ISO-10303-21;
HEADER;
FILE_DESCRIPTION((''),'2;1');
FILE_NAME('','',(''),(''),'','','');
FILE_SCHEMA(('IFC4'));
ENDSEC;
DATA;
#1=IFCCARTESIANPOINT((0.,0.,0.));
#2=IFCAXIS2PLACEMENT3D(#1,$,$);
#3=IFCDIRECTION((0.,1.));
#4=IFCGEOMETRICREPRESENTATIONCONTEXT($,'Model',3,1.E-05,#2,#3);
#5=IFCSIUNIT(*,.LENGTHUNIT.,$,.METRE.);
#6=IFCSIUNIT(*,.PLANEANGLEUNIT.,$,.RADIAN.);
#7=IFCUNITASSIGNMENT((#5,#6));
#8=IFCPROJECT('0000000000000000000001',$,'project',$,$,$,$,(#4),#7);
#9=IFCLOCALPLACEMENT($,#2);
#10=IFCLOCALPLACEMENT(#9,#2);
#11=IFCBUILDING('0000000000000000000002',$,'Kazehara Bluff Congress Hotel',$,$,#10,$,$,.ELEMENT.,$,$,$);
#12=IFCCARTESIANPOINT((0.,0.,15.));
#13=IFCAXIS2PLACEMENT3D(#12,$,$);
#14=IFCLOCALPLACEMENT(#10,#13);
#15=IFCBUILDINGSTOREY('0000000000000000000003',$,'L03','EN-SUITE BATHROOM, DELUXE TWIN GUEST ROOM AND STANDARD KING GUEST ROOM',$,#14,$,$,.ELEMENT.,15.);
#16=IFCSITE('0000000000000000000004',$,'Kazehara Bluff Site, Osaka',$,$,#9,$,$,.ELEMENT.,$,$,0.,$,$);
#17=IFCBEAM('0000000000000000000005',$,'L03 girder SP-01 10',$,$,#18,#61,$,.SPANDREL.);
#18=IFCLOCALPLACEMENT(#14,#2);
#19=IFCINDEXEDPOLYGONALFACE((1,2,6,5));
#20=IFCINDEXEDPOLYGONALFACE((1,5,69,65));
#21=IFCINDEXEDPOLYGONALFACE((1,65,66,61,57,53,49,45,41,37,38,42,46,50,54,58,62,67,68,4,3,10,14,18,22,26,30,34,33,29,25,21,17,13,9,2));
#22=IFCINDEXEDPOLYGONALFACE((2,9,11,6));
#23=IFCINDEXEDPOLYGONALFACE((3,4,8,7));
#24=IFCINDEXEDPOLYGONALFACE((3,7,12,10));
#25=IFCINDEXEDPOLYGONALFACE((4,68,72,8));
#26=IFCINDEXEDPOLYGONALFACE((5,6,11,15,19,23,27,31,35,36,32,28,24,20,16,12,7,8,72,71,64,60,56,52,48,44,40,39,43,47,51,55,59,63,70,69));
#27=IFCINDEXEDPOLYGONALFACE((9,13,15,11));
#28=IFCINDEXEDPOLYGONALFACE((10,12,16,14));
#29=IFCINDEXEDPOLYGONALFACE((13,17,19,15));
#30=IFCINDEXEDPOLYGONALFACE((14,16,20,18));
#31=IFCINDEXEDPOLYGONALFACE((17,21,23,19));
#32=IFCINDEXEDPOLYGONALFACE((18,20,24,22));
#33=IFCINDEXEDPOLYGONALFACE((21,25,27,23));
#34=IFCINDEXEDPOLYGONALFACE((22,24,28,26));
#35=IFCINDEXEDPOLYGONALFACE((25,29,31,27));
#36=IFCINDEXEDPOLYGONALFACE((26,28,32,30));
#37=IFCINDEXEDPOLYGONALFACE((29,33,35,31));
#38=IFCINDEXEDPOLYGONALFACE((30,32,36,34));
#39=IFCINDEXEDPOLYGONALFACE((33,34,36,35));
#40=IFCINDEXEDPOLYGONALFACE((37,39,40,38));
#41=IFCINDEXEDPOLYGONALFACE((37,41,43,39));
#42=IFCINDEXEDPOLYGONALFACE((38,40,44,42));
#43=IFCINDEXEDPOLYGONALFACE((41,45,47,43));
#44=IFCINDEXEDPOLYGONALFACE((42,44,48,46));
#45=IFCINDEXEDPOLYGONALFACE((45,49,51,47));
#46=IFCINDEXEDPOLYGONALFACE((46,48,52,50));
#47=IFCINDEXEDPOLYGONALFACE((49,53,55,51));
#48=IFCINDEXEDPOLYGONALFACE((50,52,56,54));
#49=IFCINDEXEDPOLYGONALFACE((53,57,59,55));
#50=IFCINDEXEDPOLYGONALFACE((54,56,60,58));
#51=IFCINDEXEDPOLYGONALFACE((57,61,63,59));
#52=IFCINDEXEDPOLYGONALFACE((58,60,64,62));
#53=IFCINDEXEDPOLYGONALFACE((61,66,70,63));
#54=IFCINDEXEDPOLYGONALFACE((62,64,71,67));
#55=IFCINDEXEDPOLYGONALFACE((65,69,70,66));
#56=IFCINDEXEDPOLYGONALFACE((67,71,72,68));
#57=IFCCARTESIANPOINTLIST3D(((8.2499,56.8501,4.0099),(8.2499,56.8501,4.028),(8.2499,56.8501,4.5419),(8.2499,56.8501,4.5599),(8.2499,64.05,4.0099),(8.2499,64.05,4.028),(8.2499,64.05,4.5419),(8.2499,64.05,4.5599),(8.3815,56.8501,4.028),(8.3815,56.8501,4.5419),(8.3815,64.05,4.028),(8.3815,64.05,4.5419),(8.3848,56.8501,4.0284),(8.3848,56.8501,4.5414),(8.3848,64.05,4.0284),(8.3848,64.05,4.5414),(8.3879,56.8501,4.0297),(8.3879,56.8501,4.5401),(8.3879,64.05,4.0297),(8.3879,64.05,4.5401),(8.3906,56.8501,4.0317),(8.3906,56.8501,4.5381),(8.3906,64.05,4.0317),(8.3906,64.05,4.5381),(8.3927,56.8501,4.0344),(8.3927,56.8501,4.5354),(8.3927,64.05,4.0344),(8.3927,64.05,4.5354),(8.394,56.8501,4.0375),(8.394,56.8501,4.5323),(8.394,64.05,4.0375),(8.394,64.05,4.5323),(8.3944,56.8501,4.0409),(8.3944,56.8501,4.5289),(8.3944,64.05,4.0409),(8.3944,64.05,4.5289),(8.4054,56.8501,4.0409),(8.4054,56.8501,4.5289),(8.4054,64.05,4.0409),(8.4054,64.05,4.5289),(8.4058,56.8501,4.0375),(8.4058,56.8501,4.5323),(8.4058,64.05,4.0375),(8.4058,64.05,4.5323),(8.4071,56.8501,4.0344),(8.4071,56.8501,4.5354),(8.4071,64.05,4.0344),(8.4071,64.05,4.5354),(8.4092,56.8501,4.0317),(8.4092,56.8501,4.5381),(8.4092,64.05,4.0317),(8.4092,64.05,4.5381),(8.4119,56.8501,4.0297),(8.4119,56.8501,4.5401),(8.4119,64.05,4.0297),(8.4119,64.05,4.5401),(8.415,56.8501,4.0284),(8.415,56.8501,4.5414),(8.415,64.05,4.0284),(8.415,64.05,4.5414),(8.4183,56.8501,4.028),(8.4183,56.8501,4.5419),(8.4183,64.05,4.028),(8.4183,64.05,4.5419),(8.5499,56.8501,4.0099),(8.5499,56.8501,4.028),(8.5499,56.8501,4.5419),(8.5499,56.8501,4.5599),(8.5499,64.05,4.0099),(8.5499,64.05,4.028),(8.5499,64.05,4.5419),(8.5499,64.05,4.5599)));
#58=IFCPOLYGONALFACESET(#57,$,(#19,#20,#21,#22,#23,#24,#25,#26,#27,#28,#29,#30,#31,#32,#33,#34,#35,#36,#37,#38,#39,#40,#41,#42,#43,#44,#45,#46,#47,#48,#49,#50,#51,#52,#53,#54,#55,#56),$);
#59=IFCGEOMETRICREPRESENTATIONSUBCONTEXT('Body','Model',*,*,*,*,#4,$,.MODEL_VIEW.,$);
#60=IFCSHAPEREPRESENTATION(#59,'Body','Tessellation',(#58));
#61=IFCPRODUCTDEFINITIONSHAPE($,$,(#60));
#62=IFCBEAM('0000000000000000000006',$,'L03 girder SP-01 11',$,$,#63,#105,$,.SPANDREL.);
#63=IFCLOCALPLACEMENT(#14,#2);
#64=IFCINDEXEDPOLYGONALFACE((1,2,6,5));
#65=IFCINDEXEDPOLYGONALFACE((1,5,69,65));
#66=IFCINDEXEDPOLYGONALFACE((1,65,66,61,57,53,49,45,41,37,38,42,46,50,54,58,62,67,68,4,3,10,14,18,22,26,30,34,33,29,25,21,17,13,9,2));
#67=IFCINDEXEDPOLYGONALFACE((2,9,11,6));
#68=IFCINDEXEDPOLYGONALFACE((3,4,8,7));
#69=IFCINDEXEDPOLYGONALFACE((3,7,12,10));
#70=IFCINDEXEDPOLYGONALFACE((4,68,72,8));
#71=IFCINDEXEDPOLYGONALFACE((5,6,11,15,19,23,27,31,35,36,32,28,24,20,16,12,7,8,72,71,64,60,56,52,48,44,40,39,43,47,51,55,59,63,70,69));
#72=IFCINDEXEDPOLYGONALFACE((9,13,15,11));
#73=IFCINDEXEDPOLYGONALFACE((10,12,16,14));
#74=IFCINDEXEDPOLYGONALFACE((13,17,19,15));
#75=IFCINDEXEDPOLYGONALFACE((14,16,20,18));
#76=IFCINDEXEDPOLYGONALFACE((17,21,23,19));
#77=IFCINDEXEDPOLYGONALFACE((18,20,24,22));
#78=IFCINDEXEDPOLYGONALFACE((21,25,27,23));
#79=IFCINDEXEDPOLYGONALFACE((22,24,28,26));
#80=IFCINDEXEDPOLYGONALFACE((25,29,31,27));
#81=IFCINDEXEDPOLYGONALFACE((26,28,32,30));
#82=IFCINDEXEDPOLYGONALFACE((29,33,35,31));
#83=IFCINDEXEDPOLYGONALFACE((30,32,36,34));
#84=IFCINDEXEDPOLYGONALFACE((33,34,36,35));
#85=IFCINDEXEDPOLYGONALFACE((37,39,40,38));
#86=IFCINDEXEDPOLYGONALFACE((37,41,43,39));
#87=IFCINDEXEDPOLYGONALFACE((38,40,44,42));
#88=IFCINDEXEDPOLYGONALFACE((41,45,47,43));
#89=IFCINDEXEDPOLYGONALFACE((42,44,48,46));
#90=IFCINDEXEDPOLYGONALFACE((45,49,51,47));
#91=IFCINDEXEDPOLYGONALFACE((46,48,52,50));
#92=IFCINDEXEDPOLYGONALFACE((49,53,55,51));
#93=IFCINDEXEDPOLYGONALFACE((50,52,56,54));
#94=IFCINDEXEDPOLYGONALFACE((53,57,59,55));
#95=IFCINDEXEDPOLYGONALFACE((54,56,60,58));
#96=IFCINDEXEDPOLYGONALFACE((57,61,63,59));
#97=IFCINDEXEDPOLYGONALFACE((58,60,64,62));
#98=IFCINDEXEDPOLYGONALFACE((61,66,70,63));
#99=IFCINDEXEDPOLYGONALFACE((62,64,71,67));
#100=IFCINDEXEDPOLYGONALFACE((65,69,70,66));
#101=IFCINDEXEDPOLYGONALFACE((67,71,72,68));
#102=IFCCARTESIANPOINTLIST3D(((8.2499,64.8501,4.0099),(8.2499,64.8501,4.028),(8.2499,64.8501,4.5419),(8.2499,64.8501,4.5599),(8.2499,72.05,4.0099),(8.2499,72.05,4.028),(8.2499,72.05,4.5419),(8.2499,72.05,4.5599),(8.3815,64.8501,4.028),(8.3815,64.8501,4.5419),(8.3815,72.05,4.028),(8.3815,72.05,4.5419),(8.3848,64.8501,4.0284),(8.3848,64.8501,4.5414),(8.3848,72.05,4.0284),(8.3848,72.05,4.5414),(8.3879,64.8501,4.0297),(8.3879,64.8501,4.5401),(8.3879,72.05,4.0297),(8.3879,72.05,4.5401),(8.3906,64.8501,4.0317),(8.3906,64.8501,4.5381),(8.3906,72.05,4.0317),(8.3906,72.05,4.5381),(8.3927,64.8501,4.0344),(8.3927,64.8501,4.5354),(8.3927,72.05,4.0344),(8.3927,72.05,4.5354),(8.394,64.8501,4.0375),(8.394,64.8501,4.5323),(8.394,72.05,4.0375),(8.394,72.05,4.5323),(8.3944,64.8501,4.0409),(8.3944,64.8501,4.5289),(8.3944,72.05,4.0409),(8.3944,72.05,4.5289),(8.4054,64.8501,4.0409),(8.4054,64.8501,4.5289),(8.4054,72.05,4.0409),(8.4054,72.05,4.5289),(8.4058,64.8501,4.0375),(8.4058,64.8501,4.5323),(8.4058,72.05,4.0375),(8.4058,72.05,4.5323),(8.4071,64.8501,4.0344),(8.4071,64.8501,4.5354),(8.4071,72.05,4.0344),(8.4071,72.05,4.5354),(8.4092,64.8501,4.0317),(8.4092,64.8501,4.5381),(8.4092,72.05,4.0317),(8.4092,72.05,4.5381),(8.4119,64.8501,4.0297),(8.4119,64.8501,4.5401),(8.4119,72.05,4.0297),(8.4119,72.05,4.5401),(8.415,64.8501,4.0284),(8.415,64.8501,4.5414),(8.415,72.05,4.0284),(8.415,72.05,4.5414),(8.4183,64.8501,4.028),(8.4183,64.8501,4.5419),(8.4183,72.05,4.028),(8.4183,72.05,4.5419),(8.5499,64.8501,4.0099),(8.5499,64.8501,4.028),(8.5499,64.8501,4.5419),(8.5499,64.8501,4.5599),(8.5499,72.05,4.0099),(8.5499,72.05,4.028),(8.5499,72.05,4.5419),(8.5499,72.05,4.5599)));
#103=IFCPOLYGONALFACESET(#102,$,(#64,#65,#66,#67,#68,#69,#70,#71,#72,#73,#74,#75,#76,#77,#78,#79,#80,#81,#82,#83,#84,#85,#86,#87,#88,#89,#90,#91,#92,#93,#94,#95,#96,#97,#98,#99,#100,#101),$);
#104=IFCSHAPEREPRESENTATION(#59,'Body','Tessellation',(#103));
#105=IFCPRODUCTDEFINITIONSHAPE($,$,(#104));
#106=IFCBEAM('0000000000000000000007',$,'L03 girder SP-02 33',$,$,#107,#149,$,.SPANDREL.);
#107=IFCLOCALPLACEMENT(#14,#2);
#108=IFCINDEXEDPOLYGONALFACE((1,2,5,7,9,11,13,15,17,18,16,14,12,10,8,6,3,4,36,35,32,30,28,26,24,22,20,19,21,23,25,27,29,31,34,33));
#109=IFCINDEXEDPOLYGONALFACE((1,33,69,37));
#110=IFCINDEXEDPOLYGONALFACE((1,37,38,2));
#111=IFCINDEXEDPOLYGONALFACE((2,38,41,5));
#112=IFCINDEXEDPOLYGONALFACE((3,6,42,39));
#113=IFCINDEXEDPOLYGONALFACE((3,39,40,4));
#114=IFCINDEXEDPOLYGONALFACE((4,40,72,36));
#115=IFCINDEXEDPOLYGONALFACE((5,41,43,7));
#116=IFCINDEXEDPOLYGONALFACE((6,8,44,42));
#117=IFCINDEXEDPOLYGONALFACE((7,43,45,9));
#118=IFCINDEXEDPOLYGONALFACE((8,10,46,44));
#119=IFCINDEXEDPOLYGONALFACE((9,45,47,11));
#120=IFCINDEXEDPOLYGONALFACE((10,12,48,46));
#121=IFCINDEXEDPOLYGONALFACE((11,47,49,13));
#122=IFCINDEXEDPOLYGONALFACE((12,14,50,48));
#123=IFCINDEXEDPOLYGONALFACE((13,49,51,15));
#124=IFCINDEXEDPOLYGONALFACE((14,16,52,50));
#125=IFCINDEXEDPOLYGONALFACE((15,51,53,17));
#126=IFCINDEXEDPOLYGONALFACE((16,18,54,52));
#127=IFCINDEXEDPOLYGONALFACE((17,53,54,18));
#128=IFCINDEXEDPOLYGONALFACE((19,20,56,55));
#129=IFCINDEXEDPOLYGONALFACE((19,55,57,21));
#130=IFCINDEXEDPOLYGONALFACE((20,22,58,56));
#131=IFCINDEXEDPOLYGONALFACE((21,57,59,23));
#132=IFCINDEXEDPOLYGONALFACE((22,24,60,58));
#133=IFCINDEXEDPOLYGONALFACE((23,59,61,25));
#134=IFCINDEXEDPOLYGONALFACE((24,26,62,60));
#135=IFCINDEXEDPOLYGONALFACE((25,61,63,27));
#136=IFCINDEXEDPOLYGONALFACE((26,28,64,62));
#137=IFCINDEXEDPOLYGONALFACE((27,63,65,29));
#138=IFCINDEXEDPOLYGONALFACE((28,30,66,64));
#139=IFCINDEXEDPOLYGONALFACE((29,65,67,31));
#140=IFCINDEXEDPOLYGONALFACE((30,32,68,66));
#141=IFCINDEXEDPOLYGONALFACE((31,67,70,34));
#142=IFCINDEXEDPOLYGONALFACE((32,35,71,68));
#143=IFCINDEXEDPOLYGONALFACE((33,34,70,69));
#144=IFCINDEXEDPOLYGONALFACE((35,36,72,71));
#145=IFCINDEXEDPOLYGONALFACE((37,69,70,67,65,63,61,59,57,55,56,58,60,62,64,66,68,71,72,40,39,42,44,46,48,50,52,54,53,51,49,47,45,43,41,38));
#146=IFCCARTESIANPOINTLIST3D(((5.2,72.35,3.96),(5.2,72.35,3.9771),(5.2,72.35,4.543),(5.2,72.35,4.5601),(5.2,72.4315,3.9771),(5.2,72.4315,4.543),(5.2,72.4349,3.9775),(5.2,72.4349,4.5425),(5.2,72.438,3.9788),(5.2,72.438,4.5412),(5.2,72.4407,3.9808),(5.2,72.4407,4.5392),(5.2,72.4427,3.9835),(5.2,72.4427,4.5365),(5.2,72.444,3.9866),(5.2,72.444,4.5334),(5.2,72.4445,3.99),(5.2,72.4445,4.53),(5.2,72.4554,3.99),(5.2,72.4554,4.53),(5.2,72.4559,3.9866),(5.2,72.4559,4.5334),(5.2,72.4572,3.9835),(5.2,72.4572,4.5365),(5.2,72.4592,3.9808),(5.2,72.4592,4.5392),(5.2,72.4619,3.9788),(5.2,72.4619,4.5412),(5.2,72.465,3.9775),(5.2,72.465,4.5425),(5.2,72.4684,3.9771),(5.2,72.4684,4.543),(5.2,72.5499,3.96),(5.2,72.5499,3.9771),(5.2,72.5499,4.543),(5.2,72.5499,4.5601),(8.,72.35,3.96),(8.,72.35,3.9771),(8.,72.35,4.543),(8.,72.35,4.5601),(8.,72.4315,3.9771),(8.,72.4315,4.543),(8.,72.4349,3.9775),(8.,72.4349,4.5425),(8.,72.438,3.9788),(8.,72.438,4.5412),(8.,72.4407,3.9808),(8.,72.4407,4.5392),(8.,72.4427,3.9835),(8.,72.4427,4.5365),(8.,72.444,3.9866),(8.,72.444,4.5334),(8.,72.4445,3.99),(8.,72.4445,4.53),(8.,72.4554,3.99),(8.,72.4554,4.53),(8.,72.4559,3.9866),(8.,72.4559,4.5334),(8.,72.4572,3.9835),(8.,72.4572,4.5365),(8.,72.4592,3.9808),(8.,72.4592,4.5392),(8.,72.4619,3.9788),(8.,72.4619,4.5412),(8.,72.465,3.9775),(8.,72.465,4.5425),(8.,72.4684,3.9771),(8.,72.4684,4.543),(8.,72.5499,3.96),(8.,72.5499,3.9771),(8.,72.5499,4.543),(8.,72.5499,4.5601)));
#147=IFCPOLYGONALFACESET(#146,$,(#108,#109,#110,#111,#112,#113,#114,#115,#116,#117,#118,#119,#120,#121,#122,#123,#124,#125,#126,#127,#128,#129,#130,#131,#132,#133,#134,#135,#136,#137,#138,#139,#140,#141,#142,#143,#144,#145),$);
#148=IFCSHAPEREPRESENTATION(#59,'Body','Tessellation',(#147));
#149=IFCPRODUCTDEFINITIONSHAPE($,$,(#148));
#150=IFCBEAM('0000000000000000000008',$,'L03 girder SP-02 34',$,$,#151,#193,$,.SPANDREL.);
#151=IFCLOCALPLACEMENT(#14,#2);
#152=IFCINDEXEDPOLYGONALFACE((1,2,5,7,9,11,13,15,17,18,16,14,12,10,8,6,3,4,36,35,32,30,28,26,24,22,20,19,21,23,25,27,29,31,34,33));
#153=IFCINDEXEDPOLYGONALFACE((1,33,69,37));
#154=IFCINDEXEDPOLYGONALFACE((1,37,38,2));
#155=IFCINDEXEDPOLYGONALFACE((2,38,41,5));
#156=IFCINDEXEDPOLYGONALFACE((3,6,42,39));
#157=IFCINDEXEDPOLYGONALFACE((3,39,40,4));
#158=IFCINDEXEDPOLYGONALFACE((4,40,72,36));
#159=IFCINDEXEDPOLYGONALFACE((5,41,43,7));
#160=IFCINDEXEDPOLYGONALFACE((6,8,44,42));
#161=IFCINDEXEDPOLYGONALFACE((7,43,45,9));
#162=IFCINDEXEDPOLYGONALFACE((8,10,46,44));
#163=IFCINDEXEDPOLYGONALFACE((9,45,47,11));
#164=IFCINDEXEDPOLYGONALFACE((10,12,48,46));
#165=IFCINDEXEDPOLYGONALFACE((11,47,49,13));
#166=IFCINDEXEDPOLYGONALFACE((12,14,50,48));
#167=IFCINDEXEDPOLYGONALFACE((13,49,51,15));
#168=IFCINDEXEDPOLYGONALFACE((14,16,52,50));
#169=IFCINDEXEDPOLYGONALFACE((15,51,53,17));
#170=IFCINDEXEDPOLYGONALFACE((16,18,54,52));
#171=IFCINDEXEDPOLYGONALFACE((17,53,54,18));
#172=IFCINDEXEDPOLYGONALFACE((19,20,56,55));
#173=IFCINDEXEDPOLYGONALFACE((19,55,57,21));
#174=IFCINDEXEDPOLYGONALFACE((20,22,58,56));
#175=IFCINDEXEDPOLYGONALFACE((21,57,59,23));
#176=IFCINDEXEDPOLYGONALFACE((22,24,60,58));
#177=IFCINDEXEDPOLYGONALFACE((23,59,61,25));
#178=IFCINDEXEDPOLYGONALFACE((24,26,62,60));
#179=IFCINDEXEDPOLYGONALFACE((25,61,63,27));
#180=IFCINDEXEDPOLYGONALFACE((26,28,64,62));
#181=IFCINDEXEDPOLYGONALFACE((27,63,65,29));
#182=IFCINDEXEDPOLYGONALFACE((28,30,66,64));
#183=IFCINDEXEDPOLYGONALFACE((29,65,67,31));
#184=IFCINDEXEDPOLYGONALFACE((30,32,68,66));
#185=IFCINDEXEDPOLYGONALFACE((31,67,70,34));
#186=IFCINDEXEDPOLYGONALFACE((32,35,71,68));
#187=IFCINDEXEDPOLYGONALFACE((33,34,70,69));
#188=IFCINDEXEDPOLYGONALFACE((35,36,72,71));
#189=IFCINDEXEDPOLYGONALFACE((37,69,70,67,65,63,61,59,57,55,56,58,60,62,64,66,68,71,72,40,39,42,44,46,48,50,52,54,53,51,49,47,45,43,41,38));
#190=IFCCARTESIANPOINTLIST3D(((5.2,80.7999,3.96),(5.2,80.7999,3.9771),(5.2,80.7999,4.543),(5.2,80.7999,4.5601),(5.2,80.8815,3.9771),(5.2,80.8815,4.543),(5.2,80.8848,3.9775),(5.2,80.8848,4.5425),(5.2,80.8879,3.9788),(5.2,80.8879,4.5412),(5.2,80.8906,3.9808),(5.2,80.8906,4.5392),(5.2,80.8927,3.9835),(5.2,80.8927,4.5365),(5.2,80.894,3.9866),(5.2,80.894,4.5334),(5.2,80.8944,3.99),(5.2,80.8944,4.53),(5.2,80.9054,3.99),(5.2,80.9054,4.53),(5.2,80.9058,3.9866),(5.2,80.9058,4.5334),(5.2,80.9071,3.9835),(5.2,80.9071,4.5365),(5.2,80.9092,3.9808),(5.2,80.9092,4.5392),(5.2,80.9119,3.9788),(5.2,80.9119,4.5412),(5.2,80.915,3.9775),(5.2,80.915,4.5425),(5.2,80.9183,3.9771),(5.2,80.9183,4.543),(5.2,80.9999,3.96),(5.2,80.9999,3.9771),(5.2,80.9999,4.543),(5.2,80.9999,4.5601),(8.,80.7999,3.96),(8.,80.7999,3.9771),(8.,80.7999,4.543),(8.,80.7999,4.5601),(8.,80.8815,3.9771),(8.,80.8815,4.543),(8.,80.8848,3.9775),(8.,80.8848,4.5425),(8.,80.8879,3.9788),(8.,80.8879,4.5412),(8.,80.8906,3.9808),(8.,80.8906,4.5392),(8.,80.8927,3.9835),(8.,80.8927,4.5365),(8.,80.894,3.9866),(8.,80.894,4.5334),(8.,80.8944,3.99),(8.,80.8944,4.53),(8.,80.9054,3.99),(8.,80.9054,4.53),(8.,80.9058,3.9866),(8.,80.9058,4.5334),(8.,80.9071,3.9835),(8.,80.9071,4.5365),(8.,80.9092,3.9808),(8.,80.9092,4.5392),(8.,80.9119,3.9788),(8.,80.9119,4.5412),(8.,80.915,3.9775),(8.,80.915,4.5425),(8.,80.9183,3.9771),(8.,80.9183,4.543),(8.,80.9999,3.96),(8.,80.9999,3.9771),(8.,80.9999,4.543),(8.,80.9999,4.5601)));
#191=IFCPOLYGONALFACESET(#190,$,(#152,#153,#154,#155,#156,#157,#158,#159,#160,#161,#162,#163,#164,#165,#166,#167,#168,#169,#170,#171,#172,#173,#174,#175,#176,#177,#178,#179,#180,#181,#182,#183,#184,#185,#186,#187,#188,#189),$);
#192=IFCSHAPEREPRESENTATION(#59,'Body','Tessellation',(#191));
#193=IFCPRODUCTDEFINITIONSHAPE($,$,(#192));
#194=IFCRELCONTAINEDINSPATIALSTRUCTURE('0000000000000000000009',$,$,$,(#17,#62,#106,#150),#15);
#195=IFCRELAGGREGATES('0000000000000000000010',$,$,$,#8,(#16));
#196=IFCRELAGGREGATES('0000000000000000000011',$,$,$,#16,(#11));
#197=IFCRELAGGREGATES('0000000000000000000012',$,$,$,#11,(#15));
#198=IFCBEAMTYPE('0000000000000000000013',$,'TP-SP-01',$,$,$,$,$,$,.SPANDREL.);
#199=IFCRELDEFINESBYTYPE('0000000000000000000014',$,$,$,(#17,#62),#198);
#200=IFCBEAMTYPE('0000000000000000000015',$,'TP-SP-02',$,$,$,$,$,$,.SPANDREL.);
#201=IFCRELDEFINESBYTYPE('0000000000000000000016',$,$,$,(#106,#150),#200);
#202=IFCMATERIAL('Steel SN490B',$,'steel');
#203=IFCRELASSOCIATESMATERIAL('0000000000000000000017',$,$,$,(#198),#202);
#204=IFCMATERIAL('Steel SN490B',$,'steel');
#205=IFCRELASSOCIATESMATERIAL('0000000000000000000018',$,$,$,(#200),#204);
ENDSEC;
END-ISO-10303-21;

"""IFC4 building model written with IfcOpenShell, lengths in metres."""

from ifc_helpers import new_model, si_unit, direction, frame, origin, origin_2d, place, context, subcontext, project, spatial, i_section, extrude, material, material_profile, profile_set, type_object, element, save


model = new_model("IFC4")

# Units and contexts
model_context = context("Model", 3, precision=1e-05, world=origin(), true_north=direction((0.0, 1.0)))
body_context = subcontext(model_context, "Body", "Model", "MODEL_VIEW")
ifc_project = project(units=[si_unit("LENGTHUNIT", "METRE"), si_unit("PLANEANGLEUNIT", "RADIAN")], contexts=[model_context])

# Site, building, storey
site_placement = place(None, origin())
site = spatial("IfcSite", under=ifc_project, at=site_placement, Name="Kazehara Bluff Site, Osaka", CompositionType="ELEMENT", RefElevation=0.0)
building_placement = place(site_placement, origin())
building = spatial("IfcBuilding", under=site, at=building_placement, Name="Kazehara Bluff Congress Hotel", CompositionType="ELEMENT")
storey_placement = place(building_placement, frame((0.0, 0.0, 15.0)))
storey = spatial("IfcBuildingStorey", under=building, at=storey_placement, Name="L03", Description="EN-SUITE BATHROOM, DELUXE TWIN GUEST ROOM AND STANDARD KING GUEST ROOM", CompositionType="ELEMENT", Elevation=15.0)

# Beams
ifc_material_1 = material(Name="Steel SN490B", Category="steel")
ifc_material_profile_1 = material_profile(ifc_material_1, i_section(OverallWidth=0.3, OverallDepth=0.55, WebThickness=0.011, FlangeThickness=0.0181, FilletRadius=0.0129, at=origin_2d()))
ifc_profile_set_1 = profile_set([ifc_material_profile_1], Name="Steel SN490B")
beam_type_1 = type_object("IfcBeamType", Name="TP-SP-01", PredefinedType="SPANDREL", material=ifc_profile_set_1)
for number, where, z_axis, x_axis, name in (
    (1, (8.3999, 56.8501, 4.2849), (0.0, 1.0, 0.0), (-1.0, 0.0, 0.0), "L03 girder SP-01 10"),
    (2, (8.3999, 64.8501, 4.2849), (0.0, 1.0, 0.0), (-1.0, 0.0, 0.0), "L03 girder SP-01 11"),
):
    element("IfcBeam", number, at=place(storey_placement, frame(where, z_axis=z_axis, x_axis=x_axis)), inside=storey, type_object=beam_type_1, Name=name, PredefinedType="SPANDREL", context=body_context, shape_type="SweptSolid", body=[
        extrude(i_section(OverallWidth=0.3, OverallDepth=0.55, WebThickness=0.011, FlangeThickness=0.0181, FilletRadius=0.0129, at=origin_2d()), origin(), (0.0, 0.0, 1.0), 7.2),
    ])
ifc_material_2 = material(Name="Steel SN490B", Category="steel")
ifc_material_profile_2 = material_profile(ifc_material_2, i_section(OverallWidth=0.2, OverallDepth=0.6001, WebThickness=0.011, FlangeThickness=0.0171, FilletRadius=0.0129, at=origin_2d()))
ifc_profile_set_2 = profile_set([ifc_material_profile_2], Name="Steel SN490B")
beam_type_2 = type_object("IfcBeamType", Name="TP-SP-02", PredefinedType="SPANDREL", material=ifc_profile_set_2)
for number, where, z_axis, x_axis, name in (
    (3, (5.2, 72.45, 4.26), (1.0, 0.0, 0.0), (0.0, 1.0, 0.0), "L03 girder SP-02 33"),
    (4, (5.2, 80.8999, 4.26), (1.0, 0.0, 0.0), (0.0, 1.0, 0.0), "L03 girder SP-02 34"),
):
    element("IfcBeam", number, at=place(storey_placement, frame(where, z_axis=z_axis, x_axis=x_axis)), inside=storey, type_object=beam_type_2, Name=name, PredefinedType="SPANDREL", context=body_context, shape_type="SweptSolid", body=[
        extrude(i_section(OverallWidth=0.2, OverallDepth=0.6001, WebThickness=0.011, FlangeThickness=0.0171, FilletRadius=0.0129, at=origin_2d()), origin(), (0.0, 0.0, 1.0), 2.8),
    ])

save(model, "model.ifc")
